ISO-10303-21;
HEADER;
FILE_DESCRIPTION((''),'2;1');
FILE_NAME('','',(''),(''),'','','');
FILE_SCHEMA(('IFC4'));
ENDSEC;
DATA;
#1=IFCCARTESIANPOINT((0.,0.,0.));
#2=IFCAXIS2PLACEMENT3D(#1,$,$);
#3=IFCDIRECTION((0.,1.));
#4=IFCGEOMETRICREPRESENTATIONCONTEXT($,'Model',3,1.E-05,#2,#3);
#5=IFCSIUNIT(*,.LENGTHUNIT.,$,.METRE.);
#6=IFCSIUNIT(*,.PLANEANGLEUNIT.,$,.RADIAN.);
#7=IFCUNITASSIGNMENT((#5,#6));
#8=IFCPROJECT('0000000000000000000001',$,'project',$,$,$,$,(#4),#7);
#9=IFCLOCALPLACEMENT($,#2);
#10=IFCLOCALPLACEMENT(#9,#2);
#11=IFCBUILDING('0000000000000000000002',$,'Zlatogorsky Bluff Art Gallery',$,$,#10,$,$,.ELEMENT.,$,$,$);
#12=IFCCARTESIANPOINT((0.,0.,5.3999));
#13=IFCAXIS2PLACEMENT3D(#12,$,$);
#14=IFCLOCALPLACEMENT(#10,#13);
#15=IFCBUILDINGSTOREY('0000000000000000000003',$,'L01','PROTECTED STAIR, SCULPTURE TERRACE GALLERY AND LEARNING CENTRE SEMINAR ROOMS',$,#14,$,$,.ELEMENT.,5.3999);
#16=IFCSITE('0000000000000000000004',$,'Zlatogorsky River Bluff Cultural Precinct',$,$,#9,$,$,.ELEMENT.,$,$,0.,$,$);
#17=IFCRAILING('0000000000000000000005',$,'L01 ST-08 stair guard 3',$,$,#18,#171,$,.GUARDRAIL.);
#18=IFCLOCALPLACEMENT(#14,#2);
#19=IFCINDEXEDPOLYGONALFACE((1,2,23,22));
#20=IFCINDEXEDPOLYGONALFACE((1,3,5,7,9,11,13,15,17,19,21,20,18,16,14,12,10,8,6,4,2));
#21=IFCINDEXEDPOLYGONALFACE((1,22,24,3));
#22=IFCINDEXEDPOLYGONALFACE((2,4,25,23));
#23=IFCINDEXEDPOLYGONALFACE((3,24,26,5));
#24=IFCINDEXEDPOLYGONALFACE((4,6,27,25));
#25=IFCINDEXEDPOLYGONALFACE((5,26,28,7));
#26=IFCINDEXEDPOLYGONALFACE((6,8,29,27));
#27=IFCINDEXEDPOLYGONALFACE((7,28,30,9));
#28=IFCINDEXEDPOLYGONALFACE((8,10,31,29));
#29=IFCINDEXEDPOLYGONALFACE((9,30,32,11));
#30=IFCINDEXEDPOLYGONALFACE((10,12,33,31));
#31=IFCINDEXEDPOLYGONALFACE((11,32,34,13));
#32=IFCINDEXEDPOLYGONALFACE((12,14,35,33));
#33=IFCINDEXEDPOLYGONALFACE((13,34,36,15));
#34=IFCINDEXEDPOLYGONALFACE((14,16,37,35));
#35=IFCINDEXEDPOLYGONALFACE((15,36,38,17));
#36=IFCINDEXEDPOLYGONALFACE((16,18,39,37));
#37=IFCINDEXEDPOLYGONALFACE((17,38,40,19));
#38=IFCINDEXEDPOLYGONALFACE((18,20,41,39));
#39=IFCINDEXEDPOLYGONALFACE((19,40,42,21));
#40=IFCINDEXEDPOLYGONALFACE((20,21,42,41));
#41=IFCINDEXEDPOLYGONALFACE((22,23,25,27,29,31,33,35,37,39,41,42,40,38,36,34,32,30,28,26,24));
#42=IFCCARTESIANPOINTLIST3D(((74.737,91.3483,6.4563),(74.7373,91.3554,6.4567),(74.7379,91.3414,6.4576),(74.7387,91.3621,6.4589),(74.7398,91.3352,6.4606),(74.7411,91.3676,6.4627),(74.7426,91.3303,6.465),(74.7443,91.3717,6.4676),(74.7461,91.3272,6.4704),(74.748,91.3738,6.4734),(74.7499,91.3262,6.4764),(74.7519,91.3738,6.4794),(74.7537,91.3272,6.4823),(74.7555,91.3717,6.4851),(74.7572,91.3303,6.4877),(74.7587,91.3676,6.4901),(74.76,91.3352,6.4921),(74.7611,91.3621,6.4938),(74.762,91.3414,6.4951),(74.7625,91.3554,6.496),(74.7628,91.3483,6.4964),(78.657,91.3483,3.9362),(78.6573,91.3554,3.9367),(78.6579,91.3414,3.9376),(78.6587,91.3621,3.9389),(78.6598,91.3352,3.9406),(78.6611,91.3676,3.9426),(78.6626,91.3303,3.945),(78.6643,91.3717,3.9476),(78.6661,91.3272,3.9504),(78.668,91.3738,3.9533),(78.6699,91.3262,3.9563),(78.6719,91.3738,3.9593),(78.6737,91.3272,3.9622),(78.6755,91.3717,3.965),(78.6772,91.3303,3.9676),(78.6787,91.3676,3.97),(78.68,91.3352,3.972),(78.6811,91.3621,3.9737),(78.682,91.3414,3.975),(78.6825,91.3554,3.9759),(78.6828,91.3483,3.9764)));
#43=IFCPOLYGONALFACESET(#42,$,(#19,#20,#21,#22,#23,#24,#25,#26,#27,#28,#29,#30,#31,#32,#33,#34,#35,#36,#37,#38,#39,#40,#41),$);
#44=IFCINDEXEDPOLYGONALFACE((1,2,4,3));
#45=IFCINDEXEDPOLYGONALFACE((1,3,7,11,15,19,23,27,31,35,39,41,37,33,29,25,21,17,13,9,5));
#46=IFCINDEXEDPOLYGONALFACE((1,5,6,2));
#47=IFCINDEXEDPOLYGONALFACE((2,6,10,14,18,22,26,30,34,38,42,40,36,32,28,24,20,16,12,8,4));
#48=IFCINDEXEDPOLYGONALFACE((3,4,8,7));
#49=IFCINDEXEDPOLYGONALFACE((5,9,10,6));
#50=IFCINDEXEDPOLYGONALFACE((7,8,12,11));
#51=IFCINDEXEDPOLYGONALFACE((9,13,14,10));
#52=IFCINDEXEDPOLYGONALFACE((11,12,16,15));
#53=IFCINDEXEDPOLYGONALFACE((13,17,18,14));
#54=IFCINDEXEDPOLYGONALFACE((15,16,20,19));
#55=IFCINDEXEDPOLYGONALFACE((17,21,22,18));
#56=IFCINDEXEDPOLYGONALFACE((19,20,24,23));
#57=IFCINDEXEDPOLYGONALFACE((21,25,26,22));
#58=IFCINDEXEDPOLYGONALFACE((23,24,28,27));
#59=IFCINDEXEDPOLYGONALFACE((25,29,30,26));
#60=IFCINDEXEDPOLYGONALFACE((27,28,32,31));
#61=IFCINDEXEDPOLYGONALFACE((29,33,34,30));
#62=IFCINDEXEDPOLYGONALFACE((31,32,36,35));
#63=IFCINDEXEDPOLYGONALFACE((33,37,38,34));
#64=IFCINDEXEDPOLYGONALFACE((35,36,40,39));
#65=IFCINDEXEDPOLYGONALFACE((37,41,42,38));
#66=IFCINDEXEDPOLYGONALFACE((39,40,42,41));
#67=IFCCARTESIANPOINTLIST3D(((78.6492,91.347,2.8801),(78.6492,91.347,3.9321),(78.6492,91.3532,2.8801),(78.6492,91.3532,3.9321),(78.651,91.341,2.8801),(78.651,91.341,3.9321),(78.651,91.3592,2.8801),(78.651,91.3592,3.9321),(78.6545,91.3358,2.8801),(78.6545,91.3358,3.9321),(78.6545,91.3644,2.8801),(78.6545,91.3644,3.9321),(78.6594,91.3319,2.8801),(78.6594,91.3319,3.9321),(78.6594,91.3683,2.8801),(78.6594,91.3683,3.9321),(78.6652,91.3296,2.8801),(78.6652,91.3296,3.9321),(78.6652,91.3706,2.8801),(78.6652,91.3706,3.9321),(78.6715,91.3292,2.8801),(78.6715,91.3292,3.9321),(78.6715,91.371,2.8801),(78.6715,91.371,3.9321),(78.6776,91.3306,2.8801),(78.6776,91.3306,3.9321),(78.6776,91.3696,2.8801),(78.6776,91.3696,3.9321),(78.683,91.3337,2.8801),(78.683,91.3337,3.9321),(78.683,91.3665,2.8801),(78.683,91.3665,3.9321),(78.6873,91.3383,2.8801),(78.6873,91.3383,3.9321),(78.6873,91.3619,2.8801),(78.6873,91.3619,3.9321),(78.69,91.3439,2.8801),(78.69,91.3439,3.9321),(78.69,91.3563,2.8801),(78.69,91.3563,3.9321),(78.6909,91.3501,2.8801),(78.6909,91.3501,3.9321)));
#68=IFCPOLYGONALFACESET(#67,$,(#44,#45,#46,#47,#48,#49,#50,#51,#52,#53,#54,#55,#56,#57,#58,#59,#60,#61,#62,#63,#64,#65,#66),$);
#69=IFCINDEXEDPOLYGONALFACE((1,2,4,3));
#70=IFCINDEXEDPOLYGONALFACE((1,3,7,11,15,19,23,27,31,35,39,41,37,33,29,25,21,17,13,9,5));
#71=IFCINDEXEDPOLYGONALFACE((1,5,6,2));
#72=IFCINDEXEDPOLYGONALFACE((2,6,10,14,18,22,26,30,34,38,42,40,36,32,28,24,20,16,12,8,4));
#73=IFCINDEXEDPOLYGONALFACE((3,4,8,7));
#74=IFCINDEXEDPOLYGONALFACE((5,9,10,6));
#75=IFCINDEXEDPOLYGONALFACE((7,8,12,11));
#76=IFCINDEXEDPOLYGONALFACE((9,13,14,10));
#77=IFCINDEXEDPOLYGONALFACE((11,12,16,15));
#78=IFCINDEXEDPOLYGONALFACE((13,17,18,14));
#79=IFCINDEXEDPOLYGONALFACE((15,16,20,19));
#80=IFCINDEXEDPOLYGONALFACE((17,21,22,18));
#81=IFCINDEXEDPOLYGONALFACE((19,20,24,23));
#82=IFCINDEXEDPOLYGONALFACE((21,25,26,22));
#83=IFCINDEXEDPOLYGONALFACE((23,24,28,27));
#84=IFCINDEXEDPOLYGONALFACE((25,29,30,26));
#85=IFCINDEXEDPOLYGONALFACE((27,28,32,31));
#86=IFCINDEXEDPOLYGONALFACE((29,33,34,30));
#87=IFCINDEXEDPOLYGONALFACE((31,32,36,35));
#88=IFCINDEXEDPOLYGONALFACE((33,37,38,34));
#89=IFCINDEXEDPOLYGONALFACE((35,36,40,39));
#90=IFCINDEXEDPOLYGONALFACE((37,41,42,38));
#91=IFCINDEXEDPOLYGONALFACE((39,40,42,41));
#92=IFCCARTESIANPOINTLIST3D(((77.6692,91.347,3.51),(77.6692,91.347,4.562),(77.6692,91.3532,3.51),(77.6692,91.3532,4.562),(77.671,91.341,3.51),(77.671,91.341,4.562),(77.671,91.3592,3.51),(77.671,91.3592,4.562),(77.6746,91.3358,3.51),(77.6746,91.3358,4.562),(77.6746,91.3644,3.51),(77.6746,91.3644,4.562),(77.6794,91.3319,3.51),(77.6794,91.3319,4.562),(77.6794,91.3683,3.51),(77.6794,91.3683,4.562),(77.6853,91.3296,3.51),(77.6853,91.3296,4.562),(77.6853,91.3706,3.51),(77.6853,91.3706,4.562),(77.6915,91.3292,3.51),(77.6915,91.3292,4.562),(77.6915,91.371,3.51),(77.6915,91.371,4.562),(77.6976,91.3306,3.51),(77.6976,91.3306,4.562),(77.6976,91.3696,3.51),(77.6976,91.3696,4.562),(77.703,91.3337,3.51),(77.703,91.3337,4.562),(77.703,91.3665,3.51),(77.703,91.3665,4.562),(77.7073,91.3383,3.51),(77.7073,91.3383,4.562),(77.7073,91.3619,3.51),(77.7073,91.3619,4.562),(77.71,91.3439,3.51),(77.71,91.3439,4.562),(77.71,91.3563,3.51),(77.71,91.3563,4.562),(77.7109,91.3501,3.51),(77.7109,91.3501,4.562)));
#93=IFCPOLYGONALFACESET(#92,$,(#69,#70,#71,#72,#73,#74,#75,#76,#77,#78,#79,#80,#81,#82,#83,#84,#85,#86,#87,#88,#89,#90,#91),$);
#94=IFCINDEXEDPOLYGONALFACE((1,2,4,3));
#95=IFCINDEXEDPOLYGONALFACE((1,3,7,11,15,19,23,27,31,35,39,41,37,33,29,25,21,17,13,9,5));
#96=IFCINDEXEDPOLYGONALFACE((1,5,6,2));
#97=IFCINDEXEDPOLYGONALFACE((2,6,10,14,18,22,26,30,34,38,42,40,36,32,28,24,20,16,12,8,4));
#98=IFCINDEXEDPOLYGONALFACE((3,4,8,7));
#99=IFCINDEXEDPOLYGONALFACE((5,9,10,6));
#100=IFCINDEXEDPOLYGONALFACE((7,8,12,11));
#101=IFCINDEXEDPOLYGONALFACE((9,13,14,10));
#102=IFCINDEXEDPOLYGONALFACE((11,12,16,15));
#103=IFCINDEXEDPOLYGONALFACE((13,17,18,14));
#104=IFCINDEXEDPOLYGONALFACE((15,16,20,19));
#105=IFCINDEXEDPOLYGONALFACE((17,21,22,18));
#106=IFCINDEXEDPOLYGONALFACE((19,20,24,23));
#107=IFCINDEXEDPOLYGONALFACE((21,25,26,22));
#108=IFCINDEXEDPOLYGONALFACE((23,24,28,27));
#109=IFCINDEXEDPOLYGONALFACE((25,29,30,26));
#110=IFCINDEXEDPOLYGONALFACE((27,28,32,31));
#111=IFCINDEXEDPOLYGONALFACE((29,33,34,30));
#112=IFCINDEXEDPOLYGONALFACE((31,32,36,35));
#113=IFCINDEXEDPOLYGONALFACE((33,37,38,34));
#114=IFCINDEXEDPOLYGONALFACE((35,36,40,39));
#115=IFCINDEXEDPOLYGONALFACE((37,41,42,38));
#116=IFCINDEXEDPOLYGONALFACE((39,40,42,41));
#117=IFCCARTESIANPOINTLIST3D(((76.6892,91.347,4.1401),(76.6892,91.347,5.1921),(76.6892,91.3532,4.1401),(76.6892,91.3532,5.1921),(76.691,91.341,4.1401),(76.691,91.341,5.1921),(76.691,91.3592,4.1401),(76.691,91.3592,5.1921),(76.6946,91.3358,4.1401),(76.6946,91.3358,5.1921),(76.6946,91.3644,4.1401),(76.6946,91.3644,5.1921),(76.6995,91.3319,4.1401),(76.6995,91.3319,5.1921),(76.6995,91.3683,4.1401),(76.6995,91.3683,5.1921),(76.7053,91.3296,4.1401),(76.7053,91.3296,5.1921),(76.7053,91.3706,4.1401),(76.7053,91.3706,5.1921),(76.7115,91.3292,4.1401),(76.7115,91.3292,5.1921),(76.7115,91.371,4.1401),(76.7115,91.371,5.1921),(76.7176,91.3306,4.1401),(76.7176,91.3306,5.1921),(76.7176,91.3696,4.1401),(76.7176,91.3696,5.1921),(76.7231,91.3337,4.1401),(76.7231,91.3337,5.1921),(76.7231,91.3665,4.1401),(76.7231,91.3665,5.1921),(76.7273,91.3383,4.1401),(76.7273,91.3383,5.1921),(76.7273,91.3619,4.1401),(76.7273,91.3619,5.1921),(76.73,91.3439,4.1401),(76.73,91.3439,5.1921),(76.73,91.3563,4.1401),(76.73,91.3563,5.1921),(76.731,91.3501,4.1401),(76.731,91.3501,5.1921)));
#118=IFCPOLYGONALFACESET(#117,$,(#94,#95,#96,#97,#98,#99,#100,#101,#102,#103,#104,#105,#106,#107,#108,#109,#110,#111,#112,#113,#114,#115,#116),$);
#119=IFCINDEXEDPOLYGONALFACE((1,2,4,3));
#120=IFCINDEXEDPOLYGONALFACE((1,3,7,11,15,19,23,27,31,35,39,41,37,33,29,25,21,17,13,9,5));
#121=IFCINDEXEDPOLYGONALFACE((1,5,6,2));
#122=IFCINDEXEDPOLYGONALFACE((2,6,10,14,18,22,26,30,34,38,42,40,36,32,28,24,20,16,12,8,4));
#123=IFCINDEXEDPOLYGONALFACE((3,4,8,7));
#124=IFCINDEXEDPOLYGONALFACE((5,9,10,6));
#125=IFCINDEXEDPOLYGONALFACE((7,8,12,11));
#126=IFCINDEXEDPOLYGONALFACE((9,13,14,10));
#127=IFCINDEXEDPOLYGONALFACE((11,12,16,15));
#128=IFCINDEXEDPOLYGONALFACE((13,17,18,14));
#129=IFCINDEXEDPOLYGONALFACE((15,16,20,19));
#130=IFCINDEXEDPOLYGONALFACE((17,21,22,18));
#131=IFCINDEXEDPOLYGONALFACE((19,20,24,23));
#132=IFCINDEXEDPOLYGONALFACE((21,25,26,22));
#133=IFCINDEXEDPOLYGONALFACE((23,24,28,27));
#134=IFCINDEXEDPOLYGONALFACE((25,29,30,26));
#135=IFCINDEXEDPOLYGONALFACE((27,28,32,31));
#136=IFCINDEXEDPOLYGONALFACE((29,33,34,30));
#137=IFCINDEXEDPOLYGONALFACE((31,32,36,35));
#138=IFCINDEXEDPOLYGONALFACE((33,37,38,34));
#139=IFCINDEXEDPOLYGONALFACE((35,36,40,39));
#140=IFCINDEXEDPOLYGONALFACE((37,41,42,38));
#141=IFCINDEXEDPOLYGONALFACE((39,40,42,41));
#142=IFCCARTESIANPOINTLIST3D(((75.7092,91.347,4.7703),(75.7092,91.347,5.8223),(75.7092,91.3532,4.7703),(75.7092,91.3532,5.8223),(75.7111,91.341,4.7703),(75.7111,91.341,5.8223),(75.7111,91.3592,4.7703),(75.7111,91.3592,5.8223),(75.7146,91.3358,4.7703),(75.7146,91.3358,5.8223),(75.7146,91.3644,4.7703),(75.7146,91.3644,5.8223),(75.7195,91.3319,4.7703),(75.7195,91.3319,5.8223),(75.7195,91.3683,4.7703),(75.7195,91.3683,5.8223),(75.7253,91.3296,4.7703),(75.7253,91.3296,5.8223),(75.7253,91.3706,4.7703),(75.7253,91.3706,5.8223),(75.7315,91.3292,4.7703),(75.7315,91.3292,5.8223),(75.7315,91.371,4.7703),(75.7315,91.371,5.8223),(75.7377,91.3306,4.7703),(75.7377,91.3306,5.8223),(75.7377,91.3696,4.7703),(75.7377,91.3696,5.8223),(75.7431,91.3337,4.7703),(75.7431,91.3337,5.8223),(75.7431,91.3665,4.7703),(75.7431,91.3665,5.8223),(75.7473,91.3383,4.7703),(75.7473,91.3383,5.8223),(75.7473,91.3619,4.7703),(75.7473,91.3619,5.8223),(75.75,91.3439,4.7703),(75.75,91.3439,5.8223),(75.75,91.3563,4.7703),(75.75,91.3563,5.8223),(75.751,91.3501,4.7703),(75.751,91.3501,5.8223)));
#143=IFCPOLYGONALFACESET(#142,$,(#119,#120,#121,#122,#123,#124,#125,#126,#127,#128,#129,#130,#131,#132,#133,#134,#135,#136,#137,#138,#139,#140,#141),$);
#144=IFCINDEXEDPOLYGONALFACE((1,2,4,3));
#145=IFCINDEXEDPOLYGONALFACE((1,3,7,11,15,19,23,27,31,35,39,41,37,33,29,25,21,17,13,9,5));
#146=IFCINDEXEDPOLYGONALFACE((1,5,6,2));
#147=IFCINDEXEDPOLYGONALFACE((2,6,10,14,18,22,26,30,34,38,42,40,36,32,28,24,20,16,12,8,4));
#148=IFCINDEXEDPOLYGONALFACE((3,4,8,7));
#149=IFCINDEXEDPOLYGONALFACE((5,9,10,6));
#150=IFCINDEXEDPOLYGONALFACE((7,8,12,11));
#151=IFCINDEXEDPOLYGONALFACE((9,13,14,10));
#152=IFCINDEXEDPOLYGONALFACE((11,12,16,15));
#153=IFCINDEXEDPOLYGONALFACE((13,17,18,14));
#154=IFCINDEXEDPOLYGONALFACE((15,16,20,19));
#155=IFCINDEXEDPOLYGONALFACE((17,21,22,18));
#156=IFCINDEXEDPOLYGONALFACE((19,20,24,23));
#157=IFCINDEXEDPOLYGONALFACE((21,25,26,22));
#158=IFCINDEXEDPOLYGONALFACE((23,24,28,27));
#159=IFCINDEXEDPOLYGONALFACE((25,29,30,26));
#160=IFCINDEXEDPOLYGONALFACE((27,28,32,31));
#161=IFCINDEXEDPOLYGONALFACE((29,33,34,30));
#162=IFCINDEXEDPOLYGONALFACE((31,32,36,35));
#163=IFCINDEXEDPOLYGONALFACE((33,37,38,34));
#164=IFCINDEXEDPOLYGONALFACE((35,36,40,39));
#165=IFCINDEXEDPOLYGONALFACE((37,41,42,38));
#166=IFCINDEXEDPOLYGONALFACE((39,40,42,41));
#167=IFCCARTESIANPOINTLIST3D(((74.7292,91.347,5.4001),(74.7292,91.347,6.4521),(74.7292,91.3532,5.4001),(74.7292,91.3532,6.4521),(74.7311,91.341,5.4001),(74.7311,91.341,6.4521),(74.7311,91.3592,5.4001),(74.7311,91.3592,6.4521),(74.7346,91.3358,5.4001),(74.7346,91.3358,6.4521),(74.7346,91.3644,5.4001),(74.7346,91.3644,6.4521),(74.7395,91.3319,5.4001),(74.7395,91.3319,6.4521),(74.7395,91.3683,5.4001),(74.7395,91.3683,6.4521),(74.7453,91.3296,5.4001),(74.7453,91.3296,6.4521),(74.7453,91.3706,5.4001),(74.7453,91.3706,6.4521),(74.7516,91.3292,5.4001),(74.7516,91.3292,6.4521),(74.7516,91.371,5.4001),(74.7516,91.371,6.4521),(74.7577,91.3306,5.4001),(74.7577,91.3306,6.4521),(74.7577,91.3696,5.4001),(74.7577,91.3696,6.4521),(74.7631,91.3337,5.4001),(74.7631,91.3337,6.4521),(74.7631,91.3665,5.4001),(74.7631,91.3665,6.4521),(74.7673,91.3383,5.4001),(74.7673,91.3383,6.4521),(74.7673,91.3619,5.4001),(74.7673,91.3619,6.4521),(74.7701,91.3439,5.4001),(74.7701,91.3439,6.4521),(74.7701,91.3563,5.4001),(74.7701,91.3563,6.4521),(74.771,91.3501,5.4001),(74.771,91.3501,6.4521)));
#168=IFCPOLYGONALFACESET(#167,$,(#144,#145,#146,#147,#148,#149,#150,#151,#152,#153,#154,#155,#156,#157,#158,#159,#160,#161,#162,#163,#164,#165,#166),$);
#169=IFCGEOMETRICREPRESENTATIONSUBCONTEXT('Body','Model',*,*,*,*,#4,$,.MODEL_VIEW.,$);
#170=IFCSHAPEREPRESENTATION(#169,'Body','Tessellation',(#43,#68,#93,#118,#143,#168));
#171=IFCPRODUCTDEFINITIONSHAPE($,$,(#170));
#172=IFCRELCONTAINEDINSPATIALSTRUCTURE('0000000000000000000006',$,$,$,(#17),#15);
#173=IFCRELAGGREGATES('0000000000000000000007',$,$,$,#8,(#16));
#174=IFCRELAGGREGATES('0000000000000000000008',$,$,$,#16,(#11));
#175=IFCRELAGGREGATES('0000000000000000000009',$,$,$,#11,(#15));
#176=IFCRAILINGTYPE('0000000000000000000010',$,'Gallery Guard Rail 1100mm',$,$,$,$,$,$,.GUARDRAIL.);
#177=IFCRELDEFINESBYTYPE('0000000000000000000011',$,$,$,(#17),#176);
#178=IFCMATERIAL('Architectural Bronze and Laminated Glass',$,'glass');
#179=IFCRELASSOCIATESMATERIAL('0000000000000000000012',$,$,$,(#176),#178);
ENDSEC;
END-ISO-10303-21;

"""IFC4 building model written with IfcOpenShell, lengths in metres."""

from ifc_helpers import new_model, si_unit, direction, frame, origin, origin_2d, place, context, subcontext, project, spatial, circle, extrude, material, type_object, element, save


model = new_model("IFC4")

# Units and contexts
model_context = context("Model", 3, precision=1e-05, world=origin(), true_north=direction((0.0, 1.0)))
body_context = subcontext(model_context, "Body", "Model", "MODEL_VIEW")
ifc_project = project(units=[si_unit("LENGTHUNIT", "METRE"), si_unit("PLANEANGLEUNIT", "RADIAN")], contexts=[model_context])

# Site, building, storey
site_placement = place(None, origin())
site = spatial("IfcSite", under=ifc_project, at=site_placement, Name="Zlatogorsky River Bluff Cultural Precinct", CompositionType="ELEMENT", RefElevation=0.0)
building_placement = place(site_placement, origin())
building = spatial("IfcBuilding", under=site, at=building_placement, Name="Zlatogorsky Bluff Art Gallery", CompositionType="ELEMENT")
storey_placement = place(building_placement, frame((0.0, 0.0, 5.3999)))
storey = spatial("IfcBuildingStorey", under=building, at=storey_placement, Name="L01", Description="PROTECTED STAIR, SCULPTURE TERRACE GALLERY AND LEARNING CENTRE SEMINAR ROOMS", CompositionType="ELEMENT", Elevation=5.3999)

# Railing
ifc_material_1 = material(Name="Architectural Bronze and Laminated Glass", Category="glass")
railing_type_1 = type_object("IfcRailingType", Name="Gallery Guard Rail 1100mm", PredefinedType="GUARDRAIL", material=ifc_material_1)
railing_1_placement = place(storey_placement, frame((78.6699, 91.3501, 2.8801)))
element("IfcRailing", 1, at=railing_1_placement, inside=storey, type_object=railing_type_1, Name="L01 ST-08 stair guard 3", PredefinedType="GUARDRAIL", context=body_context, shape_type="SweptSolid", body=[
    extrude(circle(Radius=0.0239, at=origin_2d()), frame((0.0, 0.0, 1.0762), z_axis=(-0.841172, 0.0, 0.540768), x_axis=(0.0, -1.0, 0.0)), (0.0, 0.0, 1.0), 4.6602),
    extrude(circle(Radius=0.021, at=origin_2d()), origin(), (0.0, 0.0, 1.0), 1.052),
    extrude(circle(Radius=0.021, at=origin_2d()), frame((-0.98, 0.0, 0.6299)), (0.0, 0.0, 1.0), 1.052),
    extrude(circle(Radius=0.021, at=origin_2d()), frame((-1.96, 0.0, 1.26)), (0.0, 0.0, 1.0), 1.052),
    extrude(circle(Radius=0.021, at=origin_2d()), frame((-2.9399, 0.0, 1.8901)), (0.0, 0.0, 1.0), 1.052),
    extrude(circle(Radius=0.021, at=origin_2d()), frame((-3.9199, 0.0, 2.52)), (0.0, 0.0, 1.0), 1.052),
])

save(model, "model.ifc")
